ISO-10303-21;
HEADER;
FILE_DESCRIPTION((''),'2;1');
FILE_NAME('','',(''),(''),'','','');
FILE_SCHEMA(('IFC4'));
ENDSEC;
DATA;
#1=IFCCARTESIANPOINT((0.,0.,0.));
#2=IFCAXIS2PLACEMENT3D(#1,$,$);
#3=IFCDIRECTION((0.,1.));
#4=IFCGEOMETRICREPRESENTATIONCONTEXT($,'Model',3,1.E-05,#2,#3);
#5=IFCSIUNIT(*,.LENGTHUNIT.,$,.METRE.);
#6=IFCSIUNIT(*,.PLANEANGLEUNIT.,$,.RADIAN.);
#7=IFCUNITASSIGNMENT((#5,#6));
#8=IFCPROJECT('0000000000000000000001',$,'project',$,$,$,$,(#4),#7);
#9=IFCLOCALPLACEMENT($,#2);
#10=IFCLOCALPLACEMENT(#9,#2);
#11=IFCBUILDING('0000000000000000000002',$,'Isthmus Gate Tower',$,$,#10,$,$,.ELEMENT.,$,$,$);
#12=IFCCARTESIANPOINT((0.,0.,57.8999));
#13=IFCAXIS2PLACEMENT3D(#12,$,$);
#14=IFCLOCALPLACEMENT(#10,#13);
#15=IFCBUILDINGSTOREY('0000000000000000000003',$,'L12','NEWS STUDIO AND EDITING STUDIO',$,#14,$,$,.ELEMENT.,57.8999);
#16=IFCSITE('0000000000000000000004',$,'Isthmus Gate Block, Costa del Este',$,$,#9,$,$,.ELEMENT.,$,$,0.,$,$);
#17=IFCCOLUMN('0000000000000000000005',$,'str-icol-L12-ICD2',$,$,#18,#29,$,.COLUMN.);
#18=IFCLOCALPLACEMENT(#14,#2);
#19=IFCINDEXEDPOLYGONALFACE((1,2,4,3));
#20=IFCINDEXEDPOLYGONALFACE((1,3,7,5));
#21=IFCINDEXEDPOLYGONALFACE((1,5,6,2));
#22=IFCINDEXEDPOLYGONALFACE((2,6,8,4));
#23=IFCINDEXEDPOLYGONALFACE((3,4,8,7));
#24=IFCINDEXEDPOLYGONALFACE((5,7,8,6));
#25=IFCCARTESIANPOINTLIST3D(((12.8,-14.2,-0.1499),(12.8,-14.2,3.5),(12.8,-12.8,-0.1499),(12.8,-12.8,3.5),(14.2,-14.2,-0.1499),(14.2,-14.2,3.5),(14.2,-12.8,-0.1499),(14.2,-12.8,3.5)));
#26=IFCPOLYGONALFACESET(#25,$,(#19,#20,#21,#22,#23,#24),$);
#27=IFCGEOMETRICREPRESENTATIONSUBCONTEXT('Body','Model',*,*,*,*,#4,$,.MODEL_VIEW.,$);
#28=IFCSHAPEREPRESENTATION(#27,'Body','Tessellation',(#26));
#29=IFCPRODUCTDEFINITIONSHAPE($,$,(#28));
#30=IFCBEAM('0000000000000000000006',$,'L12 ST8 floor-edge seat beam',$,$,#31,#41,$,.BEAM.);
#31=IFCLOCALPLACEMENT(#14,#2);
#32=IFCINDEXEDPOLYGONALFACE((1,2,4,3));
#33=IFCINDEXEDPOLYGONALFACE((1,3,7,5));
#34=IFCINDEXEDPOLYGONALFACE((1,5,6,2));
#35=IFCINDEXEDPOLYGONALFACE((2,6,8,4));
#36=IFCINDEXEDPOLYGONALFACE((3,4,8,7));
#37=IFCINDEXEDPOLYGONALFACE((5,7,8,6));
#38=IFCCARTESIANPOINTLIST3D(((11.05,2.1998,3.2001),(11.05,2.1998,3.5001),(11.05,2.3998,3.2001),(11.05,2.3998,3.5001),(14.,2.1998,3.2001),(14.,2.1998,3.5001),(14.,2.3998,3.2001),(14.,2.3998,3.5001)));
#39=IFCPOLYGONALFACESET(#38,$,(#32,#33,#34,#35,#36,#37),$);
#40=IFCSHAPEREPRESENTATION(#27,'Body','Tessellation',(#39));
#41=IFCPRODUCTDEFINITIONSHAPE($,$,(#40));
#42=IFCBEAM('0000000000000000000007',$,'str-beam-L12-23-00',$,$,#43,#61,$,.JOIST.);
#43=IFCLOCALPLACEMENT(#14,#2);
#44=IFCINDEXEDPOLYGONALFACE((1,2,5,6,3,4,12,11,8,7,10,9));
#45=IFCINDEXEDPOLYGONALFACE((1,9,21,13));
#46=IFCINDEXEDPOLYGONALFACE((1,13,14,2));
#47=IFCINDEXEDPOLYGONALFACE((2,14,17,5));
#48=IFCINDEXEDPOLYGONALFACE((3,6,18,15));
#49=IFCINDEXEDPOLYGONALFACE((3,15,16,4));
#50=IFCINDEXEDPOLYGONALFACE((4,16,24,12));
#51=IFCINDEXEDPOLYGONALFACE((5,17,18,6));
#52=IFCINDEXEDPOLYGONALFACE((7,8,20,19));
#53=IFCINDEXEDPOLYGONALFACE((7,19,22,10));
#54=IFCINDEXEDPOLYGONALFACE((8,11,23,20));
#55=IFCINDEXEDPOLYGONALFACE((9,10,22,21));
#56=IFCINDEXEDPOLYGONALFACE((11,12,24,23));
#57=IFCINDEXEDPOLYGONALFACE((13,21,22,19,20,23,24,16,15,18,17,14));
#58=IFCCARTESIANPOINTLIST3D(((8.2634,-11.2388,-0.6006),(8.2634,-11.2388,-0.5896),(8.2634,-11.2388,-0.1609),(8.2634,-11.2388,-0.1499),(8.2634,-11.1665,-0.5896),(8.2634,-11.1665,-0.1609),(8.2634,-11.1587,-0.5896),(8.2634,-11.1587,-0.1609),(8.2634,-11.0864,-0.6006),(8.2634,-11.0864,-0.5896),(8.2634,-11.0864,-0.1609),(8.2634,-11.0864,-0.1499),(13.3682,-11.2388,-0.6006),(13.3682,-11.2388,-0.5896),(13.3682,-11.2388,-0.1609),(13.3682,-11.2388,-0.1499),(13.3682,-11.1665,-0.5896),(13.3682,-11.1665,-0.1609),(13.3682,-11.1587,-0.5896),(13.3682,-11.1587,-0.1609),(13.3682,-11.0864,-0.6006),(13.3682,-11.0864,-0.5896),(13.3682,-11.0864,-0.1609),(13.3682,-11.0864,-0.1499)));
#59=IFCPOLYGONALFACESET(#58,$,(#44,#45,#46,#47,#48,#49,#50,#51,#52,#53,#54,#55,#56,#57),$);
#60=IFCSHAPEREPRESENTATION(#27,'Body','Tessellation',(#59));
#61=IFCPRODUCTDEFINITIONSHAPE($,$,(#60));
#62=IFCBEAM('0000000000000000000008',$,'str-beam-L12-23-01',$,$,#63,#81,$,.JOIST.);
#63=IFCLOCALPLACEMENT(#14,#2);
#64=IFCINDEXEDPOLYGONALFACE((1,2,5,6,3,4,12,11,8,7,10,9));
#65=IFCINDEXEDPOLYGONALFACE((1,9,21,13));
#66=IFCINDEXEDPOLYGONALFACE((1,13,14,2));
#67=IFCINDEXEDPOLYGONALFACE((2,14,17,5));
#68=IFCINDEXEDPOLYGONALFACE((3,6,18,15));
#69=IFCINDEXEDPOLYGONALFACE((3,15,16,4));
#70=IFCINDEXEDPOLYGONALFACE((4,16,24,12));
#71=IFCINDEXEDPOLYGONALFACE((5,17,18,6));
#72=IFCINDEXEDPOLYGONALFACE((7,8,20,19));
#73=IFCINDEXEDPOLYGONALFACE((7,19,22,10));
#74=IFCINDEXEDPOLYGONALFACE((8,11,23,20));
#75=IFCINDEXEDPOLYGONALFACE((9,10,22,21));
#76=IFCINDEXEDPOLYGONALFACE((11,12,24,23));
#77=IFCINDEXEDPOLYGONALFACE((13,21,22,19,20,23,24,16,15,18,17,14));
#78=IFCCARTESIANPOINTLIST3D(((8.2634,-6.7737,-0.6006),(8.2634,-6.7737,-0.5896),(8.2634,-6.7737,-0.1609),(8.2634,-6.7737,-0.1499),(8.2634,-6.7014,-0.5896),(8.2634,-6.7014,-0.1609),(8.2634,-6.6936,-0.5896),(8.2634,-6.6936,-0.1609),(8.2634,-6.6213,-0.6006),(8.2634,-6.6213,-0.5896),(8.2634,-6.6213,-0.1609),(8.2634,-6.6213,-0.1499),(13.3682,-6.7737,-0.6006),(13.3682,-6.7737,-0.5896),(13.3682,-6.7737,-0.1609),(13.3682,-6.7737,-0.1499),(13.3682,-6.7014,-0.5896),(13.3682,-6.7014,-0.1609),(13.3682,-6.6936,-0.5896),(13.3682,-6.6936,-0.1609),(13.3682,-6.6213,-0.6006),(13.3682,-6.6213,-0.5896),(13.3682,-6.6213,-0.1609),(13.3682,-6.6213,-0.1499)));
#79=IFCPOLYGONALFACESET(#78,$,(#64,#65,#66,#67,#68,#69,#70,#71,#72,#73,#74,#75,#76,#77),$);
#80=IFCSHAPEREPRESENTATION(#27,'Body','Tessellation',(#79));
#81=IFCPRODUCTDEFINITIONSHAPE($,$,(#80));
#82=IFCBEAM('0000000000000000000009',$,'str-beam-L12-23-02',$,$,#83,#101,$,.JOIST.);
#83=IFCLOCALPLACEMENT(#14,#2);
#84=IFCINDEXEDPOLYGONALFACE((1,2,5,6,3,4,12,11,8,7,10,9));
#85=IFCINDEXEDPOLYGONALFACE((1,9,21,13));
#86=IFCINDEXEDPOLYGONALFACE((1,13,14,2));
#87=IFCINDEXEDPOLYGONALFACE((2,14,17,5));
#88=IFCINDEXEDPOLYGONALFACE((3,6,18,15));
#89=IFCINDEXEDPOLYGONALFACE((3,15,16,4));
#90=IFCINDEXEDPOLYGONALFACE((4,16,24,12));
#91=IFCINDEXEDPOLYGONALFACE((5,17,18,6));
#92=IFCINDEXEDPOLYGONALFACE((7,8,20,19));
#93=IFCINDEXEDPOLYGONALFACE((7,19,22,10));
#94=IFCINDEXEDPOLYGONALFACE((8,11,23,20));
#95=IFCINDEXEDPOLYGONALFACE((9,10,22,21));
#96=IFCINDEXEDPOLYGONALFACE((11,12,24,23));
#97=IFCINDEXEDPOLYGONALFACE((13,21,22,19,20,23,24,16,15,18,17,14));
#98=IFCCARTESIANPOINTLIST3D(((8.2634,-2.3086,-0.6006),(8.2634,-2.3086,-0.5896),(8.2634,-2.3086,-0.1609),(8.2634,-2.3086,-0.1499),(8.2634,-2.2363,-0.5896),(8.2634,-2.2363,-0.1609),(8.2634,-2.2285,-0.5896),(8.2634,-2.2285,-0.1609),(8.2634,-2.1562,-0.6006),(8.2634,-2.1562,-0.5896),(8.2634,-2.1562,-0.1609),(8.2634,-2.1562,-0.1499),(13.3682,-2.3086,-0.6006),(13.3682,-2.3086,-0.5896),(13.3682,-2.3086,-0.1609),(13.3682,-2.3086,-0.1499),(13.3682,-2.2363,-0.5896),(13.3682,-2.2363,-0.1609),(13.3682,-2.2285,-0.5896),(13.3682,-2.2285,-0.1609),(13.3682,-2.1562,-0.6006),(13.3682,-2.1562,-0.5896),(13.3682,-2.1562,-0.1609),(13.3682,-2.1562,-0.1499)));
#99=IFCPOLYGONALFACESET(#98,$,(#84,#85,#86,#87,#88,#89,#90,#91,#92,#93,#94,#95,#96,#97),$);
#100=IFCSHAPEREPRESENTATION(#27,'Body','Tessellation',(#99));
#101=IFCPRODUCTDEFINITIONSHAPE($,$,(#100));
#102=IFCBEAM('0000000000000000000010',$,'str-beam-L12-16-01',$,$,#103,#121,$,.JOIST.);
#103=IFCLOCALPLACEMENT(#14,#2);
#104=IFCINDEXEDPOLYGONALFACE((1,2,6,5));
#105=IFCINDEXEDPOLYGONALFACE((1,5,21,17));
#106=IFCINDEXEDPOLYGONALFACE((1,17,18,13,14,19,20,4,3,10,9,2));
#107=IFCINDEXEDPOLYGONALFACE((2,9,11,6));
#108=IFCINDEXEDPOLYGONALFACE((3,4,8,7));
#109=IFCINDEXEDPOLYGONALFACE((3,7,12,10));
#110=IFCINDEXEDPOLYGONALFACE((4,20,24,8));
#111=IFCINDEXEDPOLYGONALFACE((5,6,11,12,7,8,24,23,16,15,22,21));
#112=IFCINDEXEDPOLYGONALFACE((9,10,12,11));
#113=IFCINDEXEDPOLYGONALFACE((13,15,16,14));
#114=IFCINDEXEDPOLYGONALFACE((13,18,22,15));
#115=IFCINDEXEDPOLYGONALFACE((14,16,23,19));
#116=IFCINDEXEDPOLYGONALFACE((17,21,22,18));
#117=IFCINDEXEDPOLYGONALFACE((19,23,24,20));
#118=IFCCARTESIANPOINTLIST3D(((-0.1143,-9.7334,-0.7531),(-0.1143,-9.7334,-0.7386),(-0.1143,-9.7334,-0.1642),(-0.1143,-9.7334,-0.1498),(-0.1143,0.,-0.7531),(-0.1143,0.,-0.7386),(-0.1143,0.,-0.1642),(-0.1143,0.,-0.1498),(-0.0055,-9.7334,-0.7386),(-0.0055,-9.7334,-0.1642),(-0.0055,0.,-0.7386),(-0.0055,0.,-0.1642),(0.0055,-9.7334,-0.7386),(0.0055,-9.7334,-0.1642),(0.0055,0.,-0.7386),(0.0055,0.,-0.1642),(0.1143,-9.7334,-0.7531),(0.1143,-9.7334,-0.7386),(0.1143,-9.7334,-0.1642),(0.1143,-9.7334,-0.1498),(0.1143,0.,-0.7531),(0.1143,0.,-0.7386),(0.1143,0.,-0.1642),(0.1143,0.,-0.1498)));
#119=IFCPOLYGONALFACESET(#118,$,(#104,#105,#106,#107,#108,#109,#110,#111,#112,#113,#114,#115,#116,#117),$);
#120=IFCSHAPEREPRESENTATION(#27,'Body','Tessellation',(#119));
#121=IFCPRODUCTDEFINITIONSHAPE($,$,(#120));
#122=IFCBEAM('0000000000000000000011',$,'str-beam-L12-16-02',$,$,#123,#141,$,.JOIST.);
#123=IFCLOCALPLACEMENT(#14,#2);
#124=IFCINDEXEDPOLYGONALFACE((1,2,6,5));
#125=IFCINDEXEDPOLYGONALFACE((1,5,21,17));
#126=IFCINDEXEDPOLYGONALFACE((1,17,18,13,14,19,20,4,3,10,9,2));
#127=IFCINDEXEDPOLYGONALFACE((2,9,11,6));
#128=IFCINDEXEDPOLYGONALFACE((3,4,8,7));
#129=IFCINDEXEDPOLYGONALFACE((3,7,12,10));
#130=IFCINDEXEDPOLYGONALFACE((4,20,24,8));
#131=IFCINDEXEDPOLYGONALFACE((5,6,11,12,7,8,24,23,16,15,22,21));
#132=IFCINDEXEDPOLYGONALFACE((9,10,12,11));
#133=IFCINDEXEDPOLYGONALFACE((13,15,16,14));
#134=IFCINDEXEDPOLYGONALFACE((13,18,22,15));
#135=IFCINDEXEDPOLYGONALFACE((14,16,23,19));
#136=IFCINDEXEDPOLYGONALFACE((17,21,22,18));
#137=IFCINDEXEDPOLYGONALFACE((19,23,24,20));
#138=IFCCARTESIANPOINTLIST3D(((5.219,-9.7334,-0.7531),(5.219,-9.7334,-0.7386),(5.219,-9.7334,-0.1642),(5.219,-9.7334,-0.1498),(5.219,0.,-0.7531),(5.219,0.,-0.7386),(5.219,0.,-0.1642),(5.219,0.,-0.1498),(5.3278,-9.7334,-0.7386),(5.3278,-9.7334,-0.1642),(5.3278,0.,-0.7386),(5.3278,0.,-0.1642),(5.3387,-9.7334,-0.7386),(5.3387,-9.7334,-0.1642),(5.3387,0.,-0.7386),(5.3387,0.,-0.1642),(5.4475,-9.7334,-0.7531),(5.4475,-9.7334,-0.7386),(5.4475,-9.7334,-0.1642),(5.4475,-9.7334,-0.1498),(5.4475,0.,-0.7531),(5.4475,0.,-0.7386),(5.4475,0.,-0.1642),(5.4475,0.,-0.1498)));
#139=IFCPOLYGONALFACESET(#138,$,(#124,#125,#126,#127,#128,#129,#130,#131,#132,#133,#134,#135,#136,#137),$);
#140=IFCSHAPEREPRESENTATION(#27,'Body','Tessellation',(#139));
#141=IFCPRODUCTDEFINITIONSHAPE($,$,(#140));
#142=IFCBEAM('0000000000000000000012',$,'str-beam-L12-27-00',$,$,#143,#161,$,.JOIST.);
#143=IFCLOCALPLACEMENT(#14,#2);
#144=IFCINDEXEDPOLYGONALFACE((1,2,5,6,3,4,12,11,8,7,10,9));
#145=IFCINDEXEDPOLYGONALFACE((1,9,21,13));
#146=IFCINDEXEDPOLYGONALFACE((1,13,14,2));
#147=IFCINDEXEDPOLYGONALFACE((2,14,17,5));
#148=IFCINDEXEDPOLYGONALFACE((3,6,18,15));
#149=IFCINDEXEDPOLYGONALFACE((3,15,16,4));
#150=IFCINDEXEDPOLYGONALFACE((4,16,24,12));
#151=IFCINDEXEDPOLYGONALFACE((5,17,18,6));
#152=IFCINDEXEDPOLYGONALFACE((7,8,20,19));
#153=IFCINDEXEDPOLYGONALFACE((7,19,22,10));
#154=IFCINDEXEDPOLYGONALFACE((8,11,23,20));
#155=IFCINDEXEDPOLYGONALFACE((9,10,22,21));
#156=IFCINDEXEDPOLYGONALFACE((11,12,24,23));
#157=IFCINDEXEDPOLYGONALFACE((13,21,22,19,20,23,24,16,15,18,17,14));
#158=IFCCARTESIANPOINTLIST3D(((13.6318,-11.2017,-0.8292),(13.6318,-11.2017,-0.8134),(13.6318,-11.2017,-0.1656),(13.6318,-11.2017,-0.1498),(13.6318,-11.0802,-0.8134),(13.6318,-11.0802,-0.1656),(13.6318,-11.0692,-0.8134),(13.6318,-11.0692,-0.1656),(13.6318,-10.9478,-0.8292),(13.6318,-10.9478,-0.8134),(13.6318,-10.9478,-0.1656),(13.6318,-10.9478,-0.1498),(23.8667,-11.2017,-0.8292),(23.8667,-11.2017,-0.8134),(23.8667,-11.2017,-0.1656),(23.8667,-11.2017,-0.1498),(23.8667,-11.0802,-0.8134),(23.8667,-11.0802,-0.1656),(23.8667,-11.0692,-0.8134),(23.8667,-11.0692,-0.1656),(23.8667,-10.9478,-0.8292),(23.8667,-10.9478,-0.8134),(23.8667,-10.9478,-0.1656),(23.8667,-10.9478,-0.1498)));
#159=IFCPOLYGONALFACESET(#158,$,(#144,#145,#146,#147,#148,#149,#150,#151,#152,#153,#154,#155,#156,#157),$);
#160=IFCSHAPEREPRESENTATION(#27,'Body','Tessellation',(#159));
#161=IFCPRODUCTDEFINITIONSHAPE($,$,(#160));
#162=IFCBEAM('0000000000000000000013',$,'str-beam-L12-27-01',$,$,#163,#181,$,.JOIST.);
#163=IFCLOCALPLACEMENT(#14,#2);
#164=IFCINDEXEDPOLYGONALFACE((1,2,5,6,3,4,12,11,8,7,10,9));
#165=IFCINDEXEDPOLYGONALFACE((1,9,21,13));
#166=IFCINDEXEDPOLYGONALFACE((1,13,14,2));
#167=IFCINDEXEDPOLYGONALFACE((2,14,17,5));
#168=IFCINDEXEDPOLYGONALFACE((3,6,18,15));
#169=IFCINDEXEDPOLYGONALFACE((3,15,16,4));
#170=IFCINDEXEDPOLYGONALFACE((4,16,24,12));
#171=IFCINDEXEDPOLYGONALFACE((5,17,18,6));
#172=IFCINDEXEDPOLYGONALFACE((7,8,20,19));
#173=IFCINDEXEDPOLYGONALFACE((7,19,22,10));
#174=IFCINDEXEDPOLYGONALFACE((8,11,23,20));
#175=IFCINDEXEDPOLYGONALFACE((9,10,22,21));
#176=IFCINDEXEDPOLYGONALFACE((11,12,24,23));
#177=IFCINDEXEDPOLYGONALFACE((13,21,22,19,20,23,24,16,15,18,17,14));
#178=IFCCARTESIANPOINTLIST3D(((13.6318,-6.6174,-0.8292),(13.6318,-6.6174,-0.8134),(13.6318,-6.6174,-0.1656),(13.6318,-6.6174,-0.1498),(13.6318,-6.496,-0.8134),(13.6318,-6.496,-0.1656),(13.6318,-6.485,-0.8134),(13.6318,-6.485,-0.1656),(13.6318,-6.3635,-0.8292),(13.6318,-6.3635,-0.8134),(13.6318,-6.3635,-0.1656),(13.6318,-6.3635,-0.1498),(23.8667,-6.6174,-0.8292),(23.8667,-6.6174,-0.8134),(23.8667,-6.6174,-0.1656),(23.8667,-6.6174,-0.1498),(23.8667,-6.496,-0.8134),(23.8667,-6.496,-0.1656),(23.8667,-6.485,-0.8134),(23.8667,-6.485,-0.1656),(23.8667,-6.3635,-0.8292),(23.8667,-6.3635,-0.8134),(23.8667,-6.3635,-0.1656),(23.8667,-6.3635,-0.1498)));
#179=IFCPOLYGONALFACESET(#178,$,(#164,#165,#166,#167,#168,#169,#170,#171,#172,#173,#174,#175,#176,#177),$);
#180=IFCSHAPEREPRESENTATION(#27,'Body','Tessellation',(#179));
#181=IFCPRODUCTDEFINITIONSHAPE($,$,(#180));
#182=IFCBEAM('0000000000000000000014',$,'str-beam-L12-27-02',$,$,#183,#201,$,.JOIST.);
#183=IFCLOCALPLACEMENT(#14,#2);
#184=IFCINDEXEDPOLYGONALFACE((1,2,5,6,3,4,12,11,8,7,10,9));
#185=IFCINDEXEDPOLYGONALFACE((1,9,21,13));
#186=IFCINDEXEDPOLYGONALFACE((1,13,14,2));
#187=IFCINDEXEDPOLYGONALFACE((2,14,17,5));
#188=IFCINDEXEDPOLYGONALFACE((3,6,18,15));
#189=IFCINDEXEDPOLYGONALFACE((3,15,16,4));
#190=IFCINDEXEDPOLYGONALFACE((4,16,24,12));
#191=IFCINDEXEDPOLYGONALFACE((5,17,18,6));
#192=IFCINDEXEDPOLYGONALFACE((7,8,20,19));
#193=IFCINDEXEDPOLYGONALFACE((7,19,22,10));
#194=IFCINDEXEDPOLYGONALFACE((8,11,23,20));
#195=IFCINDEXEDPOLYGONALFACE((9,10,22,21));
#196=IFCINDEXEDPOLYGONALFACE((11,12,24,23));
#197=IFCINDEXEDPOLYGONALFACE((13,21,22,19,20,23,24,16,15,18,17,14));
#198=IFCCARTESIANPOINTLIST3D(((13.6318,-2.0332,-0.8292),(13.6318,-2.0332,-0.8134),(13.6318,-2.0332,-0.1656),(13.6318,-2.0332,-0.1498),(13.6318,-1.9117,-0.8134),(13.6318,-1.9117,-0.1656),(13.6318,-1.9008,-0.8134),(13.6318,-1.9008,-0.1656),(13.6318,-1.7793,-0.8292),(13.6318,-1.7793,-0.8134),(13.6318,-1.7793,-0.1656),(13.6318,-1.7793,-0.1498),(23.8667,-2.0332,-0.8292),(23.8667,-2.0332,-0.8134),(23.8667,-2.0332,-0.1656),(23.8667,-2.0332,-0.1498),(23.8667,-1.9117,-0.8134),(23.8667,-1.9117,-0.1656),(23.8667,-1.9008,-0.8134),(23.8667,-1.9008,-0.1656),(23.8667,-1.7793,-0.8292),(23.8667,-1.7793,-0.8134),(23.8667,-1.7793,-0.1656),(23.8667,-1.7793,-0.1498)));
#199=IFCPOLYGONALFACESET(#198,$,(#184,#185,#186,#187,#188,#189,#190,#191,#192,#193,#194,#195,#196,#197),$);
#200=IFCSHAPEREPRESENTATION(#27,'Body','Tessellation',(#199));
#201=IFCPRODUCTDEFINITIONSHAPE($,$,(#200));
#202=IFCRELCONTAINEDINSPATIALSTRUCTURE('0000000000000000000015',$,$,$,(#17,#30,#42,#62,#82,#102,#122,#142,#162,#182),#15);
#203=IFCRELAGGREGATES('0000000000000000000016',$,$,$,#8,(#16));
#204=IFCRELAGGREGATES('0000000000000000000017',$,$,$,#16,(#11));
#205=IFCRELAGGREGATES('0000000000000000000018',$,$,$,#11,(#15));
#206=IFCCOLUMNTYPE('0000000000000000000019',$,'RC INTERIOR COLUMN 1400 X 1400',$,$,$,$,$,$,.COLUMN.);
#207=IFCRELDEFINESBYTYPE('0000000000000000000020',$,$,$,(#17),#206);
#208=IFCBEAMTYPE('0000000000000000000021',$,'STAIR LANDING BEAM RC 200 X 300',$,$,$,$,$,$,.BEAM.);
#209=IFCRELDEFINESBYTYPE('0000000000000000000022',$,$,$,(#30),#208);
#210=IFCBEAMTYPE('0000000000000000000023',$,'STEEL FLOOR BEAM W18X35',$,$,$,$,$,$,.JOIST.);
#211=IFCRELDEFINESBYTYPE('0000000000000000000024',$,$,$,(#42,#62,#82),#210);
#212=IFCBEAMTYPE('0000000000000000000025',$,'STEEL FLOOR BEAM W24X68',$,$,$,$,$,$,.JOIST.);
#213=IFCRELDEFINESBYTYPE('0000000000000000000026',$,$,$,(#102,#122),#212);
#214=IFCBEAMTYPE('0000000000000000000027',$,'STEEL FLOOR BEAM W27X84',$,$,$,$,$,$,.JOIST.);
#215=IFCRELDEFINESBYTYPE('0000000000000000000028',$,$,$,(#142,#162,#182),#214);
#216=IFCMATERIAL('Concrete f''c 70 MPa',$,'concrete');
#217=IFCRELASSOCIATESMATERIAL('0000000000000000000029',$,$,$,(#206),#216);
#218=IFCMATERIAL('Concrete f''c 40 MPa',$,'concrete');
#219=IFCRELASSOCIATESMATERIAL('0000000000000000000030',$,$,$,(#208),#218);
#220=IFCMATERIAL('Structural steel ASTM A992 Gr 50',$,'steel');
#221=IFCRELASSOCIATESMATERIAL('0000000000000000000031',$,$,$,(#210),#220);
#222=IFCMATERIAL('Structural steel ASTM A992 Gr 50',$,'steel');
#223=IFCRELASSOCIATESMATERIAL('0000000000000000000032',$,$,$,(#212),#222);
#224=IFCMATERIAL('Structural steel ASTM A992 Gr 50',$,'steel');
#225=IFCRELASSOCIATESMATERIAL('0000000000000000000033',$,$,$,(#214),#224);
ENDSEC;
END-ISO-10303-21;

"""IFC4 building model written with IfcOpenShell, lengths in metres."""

from ifc_helpers import new_model, si_unit, direction, frame, origin, origin_2d, place, context, subcontext, project, spatial, rectangle, i_section, extrude, material, material_profile, profile_set, type_object, element, save


model = new_model("IFC4")

# Units and contexts
model_context = context("Model", 3, precision=1e-05, world=origin(), true_north=direction((0.0, 1.0)))
body_context = subcontext(model_context, "Body", "Model", "MODEL_VIEW")
ifc_project = project(units=[si_unit("LENGTHUNIT", "METRE"), si_unit("PLANEANGLEUNIT", "RADIAN")], contexts=[model_context])

# Site, building, storey
site_placement = place(None, origin())
site = spatial("IfcSite", under=ifc_project, at=site_placement, Name="Isthmus Gate Block, Costa del Este", CompositionType="ELEMENT", RefElevation=0.0)
building_placement = place(site_placement, origin())
building = spatial("IfcBuilding", under=site, at=building_placement, Name="Isthmus Gate Tower", CompositionType="ELEMENT")
storey_placement = place(building_placement, frame((0.0, 0.0, 57.8999)))
storey = spatial("IfcBuildingStorey", under=building, at=storey_placement, Name="L12", Description="NEWS STUDIO AND EDITING STUDIO", CompositionType="ELEMENT", Elevation=57.8999)

# Column
ifc_material_1 = material(Name="Concrete f'c 70 MPa", Category="concrete")
ifc_material_profile_1 = material_profile(ifc_material_1, rectangle(XDim=1.3999, YDim=1.3999, at=origin_2d()), Name="RC 1400X1400")
ifc_profile_set_1 = profile_set([ifc_material_profile_1], Name="Concrete f'c 70 MPa")
column_type = type_object("IfcColumnType", Name="RC INTERIOR COLUMN 1400 X 1400", PredefinedType="COLUMN", material=ifc_profile_set_1)
column_placement = place(storey_placement, frame((13.5, -13.5, -0.1499), z_axis=(0.0, 0.0, 1.0), x_axis=(1.0, 0.0, 0.0)))
element("IfcColumn", 1, at=column_placement, inside=storey, type_object=column_type, Name="str-icol-L12-ICD2", PredefinedType="COLUMN", context=body_context, shape_type="SweptSolid", body=[
    extrude(rectangle(XDim=1.3999, YDim=1.3999, at=origin_2d()), origin(), (0.0, 0.0, 1.0), 3.6499),
])

# Beams
ifc_material_2 = material(Name="Concrete f'c 40 MPa", Category="concrete")
ifc_material_profile_2 = material_profile(ifc_material_2, rectangle(XDim=0.2, YDim=0.3, at=origin_2d()), Name="STAIR LANDING BEAM RC 200 X 300")
ifc_profile_set_2 = profile_set([ifc_material_profile_2], Name="Concrete f'c 40 MPa")
beam_type_1 = type_object("IfcBeamType", Name="STAIR LANDING BEAM RC 200 X 300", PredefinedType="BEAM", material=ifc_profile_set_2)
beam_1_placement = place(storey_placement, frame((11.05, 2.2998, 3.3501), z_axis=(1.0, 0.0, 0.0), x_axis=(0.0, 1.0, 0.0)))
element("IfcBeam", 2, at=beam_1_placement, inside=storey, type_object=beam_type_1, Name="L12 ST8 floor-edge seat beam", PredefinedType="BEAM", context=body_context, shape_type="SweptSolid", body=[
    extrude(rectangle(XDim=0.2, YDim=0.3, at=origin_2d()), origin(), (0.0, 0.0, 1.0), 2.95),
])
ifc_material_3 = material(Name="Structural steel ASTM A992 Gr 50", Category="steel")
ifc_material_profile_3 = material_profile(ifc_material_3, i_section(OverallWidth=0.1523, OverallDepth=0.4507, WebThickness=0.0078, FlangeThickness=0.011, at=origin_2d()), Name="W18X35")
ifc_profile_set_3 = profile_set([ifc_material_profile_3], Name="Structural steel ASTM A992 Gr 50")
beam_type_2 = type_object("IfcBeamType", Name="STEEL FLOOR BEAM W18X35", PredefinedType="JOIST", material=ifc_profile_set_3)
for number, where, z_axis, x_axis, name in (
    (3, (8.2634, -11.1626, -0.3752), (1.0, 0.0, 0.0), (0.0, 1.0, 0.0), "str-beam-L12-23-00"),
    (4, (8.2634, -6.6975, -0.3752), (1.0, 0.0, 0.0), (0.0, 1.0, 0.0), "str-beam-L12-23-01"),
    (5, (8.2634, -2.2324, -0.3752), (1.0, 0.0, 0.0), (0.0, 1.0, 0.0), "str-beam-L12-23-02"),
):
    element("IfcBeam", number, at=place(storey_placement, frame(where, z_axis=z_axis, x_axis=x_axis)), inside=storey, type_object=beam_type_2, Name=name, PredefinedType="JOIST", context=body_context, shape_type="SweptSolid", body=[
        extrude(i_section(OverallWidth=0.1523, OverallDepth=0.4507, WebThickness=0.0078, FlangeThickness=0.011, at=origin_2d()), origin(), (0.0, 0.0, 1.0), 5.1047),
    ])
ifc_material_4 = material(Name="Structural steel ASTM A992 Gr 50", Category="steel")
ifc_material_profile_4 = material_profile(ifc_material_4, i_section(OverallWidth=0.2285, OverallDepth=0.6033, WebThickness=0.011, FlangeThickness=0.0144, at=origin_2d()), Name="W24X68")
ifc_profile_set_4 = profile_set([ifc_material_profile_4], Name="Structural steel ASTM A992 Gr 50")
beam_type_3 = type_object("IfcBeamType", Name="STEEL FLOOR BEAM W24X68", PredefinedType="JOIST", material=ifc_profile_set_4)
for number, where, z_axis, x_axis, name in (
    (6, (0.0, -9.7334, -0.4514), (0.0, 1.0, 0.0), (-1.0, 0.0, 0.0), "str-beam-L12-16-01"),
    (7, (5.3333, -9.7334, -0.4514), (0.0, 1.0, 0.0), (-1.0, 0.0, 0.0), "str-beam-L12-16-02"),
):
    element("IfcBeam", number, at=place(storey_placement, frame(where, z_axis=z_axis, x_axis=x_axis)), inside=storey, type_object=beam_type_3, Name=name, PredefinedType="JOIST", context=body_context, shape_type="SweptSolid", body=[
        extrude(i_section(OverallWidth=0.2285, OverallDepth=0.6033, WebThickness=0.011, FlangeThickness=0.0144, at=origin_2d()), origin(), (0.0, 0.0, 1.0), 9.7334),
    ])
ifc_material_5 = material(Name="Structural steel ASTM A992 Gr 50", Category="steel")
ifc_material_profile_5 = material_profile(ifc_material_5, i_section(OverallWidth=0.2539, OverallDepth=0.6794, WebThickness=0.011, FlangeThickness=0.0159, at=origin_2d()), Name="W27X84")
ifc_profile_set_5 = profile_set([ifc_material_profile_5], Name="Structural steel ASTM A992 Gr 50")
beam_type_4 = type_object("IfcBeamType", Name="STEEL FLOOR BEAM W27X84", PredefinedType="JOIST", material=ifc_profile_set_5)
for number, where, z_axis, x_axis, name in (
    (8, (13.6318, -11.0747, -0.4895), (1.0, 0.0, 0.0), (0.0, 1.0, 0.0), "str-beam-L12-27-00"),
    (9, (13.6318, -6.4905, -0.4895), (1.0, 0.0, 0.0), (0.0, 1.0, 0.0), "str-beam-L12-27-01"),
    (10, (13.6318, -1.9062, -0.4895), (1.0, 0.0, 0.0), (0.0, 1.0, 0.0), "str-beam-L12-27-02"),
):
    element("IfcBeam", number, at=place(storey_placement, frame(where, z_axis=z_axis, x_axis=x_axis)), inside=storey, type_object=beam_type_4, Name=name, PredefinedType="JOIST", context=body_context, shape_type="SweptSolid", body=[
        extrude(i_section(OverallWidth=0.2539, OverallDepth=0.6794, WebThickness=0.011, FlangeThickness=0.0159, at=origin_2d()), origin(), (0.0, 0.0, 1.0), 10.2349),
    ])

save(model, "model.ifc")
